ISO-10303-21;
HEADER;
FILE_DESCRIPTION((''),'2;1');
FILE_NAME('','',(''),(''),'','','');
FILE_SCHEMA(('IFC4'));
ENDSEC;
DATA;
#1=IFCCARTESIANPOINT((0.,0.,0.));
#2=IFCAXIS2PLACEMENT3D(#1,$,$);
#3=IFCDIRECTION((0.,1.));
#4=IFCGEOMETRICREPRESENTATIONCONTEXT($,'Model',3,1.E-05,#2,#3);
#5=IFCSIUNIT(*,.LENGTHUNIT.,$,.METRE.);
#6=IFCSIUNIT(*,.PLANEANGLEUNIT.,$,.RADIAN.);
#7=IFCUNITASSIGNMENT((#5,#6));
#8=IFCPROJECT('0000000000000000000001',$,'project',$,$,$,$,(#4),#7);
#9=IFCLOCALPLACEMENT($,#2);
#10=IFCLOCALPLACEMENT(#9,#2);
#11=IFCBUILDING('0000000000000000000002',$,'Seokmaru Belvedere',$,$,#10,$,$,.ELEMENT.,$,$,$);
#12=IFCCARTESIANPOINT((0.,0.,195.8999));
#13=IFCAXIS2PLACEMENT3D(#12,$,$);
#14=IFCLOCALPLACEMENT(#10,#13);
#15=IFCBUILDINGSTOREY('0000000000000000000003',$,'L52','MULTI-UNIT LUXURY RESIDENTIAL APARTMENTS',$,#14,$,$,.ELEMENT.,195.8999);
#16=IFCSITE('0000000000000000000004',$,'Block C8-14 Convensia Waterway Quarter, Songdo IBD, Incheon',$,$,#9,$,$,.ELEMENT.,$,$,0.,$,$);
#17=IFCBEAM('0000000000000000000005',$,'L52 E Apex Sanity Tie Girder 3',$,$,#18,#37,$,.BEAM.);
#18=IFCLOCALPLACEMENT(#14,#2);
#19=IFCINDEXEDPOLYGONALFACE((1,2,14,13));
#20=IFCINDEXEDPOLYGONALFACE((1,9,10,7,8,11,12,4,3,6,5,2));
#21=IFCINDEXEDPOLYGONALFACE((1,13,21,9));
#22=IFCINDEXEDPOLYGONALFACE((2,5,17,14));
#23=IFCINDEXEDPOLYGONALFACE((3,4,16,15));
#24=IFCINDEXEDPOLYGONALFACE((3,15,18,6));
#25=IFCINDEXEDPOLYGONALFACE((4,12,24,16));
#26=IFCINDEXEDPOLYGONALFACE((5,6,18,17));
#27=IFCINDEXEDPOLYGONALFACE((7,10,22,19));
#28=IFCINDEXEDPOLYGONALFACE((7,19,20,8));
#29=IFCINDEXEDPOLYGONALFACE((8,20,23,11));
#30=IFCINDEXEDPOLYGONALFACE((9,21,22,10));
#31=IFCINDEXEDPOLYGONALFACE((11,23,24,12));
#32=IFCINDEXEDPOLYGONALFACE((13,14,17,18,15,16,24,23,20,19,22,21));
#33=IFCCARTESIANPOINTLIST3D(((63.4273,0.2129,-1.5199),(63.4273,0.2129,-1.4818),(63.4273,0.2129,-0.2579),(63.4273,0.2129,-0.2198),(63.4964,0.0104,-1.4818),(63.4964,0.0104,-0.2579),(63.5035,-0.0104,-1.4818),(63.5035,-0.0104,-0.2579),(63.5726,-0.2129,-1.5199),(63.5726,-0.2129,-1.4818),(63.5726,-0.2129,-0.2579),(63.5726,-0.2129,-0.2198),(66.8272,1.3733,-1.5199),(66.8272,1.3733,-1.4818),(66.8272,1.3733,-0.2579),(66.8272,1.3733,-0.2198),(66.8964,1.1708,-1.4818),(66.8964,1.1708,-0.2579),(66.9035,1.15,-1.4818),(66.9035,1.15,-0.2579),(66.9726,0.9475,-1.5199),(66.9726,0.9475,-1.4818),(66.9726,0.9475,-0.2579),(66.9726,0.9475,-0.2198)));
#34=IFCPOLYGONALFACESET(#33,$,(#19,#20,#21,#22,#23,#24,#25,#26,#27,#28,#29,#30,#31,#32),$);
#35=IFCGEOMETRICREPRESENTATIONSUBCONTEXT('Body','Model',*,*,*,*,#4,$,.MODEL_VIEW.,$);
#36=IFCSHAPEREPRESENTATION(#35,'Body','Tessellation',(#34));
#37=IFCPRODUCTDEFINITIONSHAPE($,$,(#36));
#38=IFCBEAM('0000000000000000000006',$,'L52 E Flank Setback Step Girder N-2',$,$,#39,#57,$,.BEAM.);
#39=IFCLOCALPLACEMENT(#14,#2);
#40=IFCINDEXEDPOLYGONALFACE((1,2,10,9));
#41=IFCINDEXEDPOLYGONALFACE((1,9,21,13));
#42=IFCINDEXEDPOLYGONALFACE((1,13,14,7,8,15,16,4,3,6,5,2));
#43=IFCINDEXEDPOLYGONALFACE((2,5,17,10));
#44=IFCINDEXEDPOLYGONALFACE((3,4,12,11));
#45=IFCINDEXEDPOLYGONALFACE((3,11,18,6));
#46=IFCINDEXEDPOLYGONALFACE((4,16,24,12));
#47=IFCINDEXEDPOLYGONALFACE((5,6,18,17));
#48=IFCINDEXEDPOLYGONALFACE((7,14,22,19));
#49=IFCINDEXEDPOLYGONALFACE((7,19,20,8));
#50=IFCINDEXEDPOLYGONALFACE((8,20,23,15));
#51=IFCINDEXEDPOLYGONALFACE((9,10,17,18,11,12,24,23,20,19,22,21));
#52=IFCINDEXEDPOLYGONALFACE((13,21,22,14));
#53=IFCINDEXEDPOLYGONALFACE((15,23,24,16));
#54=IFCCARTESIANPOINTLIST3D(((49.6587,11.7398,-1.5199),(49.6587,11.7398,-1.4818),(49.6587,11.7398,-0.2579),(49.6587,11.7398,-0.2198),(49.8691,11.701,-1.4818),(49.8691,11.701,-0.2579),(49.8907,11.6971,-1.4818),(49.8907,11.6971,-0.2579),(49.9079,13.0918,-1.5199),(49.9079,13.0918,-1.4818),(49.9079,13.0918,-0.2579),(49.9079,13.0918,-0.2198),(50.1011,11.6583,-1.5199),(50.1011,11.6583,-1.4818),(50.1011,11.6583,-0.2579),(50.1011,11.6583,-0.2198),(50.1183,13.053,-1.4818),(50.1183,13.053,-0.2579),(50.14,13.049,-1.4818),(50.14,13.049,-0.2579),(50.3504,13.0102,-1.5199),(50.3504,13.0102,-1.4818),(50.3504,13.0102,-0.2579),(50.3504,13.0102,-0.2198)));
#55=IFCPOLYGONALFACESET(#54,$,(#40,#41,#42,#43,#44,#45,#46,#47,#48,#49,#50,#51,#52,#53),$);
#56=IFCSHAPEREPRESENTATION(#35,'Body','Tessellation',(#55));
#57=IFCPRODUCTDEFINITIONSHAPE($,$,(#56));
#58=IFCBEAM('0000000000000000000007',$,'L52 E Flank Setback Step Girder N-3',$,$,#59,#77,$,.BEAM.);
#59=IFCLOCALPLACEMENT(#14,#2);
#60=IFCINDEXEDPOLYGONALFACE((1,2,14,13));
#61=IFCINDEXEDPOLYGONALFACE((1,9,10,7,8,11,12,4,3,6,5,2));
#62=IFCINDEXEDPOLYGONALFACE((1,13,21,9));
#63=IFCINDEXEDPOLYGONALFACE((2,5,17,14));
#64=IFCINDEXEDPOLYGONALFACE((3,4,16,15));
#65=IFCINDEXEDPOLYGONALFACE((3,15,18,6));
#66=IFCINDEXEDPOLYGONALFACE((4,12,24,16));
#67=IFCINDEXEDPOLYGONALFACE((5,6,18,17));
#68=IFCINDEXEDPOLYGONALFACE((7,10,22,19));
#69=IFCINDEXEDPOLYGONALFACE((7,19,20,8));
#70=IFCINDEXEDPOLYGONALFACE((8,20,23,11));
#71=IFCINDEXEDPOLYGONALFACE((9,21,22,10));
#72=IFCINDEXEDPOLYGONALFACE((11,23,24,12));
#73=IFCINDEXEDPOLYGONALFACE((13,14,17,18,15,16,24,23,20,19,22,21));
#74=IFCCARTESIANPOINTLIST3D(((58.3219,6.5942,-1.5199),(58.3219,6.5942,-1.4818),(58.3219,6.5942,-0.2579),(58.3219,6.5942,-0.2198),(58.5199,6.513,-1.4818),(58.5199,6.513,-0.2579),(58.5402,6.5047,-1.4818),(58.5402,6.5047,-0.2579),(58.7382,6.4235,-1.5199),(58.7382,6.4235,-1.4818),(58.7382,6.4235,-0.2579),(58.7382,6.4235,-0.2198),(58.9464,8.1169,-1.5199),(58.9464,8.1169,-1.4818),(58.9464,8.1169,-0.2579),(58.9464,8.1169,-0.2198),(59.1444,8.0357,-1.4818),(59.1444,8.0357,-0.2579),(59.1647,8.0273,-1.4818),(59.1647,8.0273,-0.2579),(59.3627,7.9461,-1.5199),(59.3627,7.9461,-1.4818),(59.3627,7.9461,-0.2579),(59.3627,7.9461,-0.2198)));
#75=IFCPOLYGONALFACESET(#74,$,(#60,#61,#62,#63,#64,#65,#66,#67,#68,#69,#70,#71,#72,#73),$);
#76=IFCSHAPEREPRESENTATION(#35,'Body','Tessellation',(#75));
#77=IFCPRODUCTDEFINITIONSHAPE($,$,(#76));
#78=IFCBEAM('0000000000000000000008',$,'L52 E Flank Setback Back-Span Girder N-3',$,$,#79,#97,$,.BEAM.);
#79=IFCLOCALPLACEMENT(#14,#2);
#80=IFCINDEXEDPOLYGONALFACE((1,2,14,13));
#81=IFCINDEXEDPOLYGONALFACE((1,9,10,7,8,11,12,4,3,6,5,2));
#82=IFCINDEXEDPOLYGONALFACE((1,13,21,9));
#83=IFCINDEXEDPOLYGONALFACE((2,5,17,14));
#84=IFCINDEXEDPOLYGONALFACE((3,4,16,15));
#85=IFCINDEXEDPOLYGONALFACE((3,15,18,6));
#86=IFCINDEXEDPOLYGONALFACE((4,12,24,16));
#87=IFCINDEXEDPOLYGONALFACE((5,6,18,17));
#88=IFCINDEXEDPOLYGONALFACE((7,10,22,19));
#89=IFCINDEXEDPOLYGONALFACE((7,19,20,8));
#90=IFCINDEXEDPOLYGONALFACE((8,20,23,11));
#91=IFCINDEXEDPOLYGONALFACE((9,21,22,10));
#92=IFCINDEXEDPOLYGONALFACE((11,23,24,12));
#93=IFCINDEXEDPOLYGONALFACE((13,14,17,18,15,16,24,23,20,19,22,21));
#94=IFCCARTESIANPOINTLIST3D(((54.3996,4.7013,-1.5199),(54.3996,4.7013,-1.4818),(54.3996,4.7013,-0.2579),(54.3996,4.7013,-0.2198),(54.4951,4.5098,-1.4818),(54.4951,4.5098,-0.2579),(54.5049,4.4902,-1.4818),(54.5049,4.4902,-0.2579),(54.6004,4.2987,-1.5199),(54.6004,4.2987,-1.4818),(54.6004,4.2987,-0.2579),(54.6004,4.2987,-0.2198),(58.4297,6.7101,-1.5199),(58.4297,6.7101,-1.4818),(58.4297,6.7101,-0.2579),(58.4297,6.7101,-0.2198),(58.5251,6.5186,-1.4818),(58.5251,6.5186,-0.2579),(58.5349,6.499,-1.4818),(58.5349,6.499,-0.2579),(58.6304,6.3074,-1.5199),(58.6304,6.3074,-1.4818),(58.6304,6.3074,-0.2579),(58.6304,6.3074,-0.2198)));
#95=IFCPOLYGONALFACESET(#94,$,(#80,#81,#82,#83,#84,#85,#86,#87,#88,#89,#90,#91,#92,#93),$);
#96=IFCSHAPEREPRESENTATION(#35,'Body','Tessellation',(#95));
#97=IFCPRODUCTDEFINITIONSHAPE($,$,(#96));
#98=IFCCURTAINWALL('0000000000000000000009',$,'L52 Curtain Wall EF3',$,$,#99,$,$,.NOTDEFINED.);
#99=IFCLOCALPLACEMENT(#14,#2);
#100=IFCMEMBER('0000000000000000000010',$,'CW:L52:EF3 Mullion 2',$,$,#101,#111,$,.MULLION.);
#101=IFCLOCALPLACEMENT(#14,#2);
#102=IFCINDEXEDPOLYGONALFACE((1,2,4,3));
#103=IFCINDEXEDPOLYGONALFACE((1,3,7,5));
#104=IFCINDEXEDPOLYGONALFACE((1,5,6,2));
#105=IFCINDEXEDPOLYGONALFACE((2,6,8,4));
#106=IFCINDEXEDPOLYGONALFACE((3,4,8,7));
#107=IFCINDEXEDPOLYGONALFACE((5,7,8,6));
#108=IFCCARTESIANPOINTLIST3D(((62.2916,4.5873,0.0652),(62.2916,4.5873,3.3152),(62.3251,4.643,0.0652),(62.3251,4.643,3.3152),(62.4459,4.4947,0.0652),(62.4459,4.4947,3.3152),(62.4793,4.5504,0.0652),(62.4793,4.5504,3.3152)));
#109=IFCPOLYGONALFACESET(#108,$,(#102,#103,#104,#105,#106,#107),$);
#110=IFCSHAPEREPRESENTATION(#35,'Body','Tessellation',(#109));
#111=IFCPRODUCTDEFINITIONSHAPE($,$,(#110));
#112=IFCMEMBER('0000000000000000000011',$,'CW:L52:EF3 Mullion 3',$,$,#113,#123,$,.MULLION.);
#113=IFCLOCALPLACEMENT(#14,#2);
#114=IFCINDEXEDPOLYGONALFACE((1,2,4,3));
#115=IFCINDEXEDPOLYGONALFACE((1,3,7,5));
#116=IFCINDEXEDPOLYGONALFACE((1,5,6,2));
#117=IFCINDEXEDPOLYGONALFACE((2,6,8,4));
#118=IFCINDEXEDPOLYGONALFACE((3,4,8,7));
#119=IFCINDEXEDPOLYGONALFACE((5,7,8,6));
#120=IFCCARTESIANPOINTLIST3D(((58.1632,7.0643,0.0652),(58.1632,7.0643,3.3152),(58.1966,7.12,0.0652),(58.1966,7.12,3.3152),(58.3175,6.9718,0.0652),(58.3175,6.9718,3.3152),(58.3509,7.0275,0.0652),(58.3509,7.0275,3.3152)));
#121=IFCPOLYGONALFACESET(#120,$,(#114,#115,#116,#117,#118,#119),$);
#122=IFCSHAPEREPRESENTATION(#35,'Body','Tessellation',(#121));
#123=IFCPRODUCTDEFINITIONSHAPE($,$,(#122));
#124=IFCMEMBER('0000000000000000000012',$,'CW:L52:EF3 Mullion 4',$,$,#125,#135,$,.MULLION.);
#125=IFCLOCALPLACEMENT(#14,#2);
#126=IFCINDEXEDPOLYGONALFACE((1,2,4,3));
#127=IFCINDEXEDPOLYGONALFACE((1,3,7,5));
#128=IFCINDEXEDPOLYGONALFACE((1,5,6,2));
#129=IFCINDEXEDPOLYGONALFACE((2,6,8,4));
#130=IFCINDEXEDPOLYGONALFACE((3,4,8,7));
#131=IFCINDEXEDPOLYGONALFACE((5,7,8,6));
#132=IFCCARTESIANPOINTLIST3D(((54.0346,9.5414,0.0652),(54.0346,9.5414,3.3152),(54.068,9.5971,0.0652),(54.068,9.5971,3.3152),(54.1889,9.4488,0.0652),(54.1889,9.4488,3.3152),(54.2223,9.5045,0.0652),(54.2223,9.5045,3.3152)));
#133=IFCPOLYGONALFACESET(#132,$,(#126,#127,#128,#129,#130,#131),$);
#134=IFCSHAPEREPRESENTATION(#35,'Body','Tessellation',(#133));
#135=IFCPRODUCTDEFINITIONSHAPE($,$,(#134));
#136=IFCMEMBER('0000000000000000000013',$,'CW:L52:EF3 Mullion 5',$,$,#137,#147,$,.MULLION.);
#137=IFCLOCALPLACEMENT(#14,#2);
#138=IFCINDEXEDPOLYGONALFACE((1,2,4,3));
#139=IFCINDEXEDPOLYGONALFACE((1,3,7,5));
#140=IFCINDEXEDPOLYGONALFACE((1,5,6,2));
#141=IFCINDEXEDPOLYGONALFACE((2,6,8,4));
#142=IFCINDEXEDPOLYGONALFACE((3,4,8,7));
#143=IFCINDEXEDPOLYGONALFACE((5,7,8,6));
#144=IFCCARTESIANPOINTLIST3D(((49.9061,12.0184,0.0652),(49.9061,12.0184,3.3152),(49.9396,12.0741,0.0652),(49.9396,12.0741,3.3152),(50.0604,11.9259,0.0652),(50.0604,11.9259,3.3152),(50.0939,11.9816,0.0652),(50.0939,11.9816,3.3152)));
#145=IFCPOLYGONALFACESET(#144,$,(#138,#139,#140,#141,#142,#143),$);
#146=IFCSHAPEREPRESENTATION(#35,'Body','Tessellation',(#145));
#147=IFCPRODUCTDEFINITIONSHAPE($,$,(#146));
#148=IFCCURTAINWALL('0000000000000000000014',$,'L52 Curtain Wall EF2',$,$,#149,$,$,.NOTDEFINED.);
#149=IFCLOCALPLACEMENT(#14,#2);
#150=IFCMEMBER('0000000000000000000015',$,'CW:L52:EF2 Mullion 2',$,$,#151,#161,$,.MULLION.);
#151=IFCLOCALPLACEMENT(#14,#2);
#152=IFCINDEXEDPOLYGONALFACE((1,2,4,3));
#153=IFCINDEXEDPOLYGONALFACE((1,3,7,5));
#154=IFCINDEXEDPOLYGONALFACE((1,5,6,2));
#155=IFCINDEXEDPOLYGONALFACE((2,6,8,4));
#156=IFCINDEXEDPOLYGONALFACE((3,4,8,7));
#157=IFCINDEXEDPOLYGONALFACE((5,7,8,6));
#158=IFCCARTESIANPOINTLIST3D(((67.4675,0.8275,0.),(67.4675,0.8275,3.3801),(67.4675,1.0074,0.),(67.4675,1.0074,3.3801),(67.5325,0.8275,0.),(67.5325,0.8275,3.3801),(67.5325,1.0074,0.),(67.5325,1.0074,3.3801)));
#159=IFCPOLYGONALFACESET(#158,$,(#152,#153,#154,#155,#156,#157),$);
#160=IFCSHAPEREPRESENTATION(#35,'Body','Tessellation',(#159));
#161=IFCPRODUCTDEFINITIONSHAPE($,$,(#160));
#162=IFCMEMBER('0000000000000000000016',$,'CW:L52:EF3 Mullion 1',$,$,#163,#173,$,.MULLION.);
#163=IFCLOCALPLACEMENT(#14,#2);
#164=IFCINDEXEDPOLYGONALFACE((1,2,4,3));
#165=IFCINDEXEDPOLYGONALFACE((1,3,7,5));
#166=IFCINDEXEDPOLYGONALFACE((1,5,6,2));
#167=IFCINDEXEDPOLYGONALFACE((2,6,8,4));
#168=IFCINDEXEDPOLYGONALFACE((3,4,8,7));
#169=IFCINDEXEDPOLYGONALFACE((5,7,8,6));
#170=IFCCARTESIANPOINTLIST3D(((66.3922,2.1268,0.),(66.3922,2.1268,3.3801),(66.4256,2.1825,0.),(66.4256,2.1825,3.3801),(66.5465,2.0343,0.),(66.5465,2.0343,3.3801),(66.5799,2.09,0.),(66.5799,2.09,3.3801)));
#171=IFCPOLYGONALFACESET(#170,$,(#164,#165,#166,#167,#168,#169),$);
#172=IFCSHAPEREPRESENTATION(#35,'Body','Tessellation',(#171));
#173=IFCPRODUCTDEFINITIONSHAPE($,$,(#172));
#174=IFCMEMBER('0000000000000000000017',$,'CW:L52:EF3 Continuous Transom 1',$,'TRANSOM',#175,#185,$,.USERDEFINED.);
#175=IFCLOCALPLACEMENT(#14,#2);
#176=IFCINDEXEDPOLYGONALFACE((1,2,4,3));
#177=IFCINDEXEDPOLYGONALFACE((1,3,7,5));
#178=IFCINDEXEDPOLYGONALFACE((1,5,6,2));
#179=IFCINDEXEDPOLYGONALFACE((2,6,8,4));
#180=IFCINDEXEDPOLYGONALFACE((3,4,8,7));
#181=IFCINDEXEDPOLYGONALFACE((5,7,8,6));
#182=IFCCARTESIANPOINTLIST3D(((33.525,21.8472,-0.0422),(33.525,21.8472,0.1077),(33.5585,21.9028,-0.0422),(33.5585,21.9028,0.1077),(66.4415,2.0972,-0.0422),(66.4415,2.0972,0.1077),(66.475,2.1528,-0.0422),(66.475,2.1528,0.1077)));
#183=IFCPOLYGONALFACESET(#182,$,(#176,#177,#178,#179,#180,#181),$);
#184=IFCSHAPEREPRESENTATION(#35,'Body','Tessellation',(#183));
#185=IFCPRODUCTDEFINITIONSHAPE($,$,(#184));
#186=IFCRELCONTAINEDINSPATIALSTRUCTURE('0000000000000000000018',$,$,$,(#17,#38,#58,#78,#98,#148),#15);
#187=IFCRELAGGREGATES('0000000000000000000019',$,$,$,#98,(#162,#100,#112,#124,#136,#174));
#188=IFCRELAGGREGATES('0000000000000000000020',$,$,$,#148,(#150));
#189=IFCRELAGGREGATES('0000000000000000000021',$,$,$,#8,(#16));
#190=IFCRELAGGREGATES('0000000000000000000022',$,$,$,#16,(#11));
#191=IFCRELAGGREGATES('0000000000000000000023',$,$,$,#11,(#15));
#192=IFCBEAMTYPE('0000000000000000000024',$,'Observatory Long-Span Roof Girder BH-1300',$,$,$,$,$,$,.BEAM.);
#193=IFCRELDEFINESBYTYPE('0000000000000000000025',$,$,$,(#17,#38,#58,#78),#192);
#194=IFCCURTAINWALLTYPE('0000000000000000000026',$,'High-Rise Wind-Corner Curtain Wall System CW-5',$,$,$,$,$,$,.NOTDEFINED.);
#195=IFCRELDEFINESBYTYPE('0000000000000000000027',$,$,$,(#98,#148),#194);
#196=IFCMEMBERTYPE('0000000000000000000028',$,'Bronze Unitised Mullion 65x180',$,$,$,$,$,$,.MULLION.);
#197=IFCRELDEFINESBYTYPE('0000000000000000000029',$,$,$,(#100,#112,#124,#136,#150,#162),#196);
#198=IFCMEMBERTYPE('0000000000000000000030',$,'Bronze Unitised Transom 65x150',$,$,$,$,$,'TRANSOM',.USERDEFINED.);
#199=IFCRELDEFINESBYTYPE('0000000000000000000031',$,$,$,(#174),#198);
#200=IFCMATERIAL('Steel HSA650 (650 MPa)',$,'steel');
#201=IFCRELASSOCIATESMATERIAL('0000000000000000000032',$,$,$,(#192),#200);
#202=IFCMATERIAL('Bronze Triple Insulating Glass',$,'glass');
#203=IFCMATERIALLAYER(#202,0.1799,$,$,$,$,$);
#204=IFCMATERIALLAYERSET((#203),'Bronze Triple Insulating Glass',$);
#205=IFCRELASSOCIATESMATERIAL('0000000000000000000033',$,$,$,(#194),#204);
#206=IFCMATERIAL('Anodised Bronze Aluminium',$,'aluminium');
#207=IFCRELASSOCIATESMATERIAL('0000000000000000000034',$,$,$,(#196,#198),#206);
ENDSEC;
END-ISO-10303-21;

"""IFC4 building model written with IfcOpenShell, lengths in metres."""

from ifc_helpers import new_model, si_unit, direction, frame, origin, origin_2d, place, context, subcontext, project, spatial, rectangle, i_section, extrude, source, transform, mapped, material, layer, layer_set, material_profile, profile_set, type_object, type_shapes, element, aggregate, save


model = new_model("IFC4")

# Units and contexts
model_context = context("Model", 3, precision=1e-05, world=origin(), true_north=direction((0.0, 1.0)))
body_context = subcontext(model_context, "Body", "Model", "MODEL_VIEW")
ifc_project = project(units=[si_unit("LENGTHUNIT", "METRE"), si_unit("PLANEANGLEUNIT", "RADIAN")], contexts=[model_context])

# Site, building, storey
site_placement = place(None, origin())
site = spatial("IfcSite", under=ifc_project, at=site_placement, Name="Block C8-14 Convensia Waterway Quarter, Songdo IBD, Incheon", CompositionType="ELEMENT", RefElevation=0.0)
building_placement = place(site_placement, origin())
building = spatial("IfcBuilding", under=site, at=building_placement, Name="Seokmaru Belvedere", CompositionType="ELEMENT")
storey_placement = place(building_placement, frame((0.0, 0.0, 195.8999)))
storey = spatial("IfcBuildingStorey", under=building, at=storey_placement, Name="L52", Description="MULTI-UNIT LUXURY RESIDENTIAL APARTMENTS", CompositionType="ELEMENT", Elevation=195.8999)

# Beams
ifc_material_1 = material(Name="Steel HSA650 (650 MPa)", Category="steel")
ifc_material_profile_1 = material_profile(ifc_material_1, i_section(OverallWidth=0.45, OverallDepth=1.3, WebThickness=0.022, FlangeThickness=0.0381, at=origin_2d()), Name="BH-1300x450x22x38")
ifc_profile_set_1 = profile_set([ifc_material_profile_1], Name="Steel HSA650 (650 MPa)")
beam_type_1 = type_object("IfcBeamType", Name="Observatory Long-Span Roof Girder BH-1300", PredefinedType="BEAM", material=ifc_profile_set_1)
shared_shape_1 = source(origin(), body_context, "Body", "SweptSolid", [
    extrude(i_section(OverallWidth=0.45, OverallDepth=1.3, WebThickness=0.022, FlangeThickness=0.0381, at=origin_2d()), origin(), (0.0, 0.0, 1.0), 3.5925),
])
beam_1_placement = place(storey_placement, frame((66.8999, 1.1604, -0.8699), z_axis=(-0.946396, -0.323009, 0.0), x_axis=(0.323009, -0.946396, 0.0)))
element("IfcBeam", 1, at=beam_1_placement, inside=storey, type_object=beam_type_1, Name="L52 E Apex Sanity Tie Girder 3", PredefinedType="BEAM", context=body_context, shape_type="MappedRepresentation", body=[
    mapped(shared_shape_1, transform((0.0, 0.0, 0.0), scale=1.0)),
])
shared_shape_2 = source(origin(), body_context, "Body", "SweptSolid", [
    extrude(i_section(OverallWidth=0.45, OverallDepth=1.3, WebThickness=0.022, FlangeThickness=0.0381, at=origin_2d()), origin(), (0.0, 0.0, 1.0), 1.3748),
])
beam_2_placement = place(storey_placement, frame((50.1292, 13.051, -0.8699), z_axis=(-0.181307, -0.983427, 0.0), x_axis=(0.983427, -0.181307, 0.0)))
element("IfcBeam", 2, at=beam_2_placement, inside=storey, type_object=beam_type_1, Name="L52 E Flank Setback Step Girder N-2", PredefinedType="BEAM", context=body_context, shape_type="MappedRepresentation", body=[
    mapped(shared_shape_2, transform((0.0, 0.0, 0.0), scale=1.0)),
])
shared_shape_3 = source(origin(), body_context, "Body", "SweptSolid", [
    extrude(i_section(OverallWidth=0.45, OverallDepth=1.3, WebThickness=0.022, FlangeThickness=0.0381, at=origin_2d()), origin(), (0.0, 0.0, 1.0), 1.6458),
])
beam_3_placement = place(storey_placement, frame((59.1545, 8.0315, -0.8699), z_axis=(-0.379459, -0.925209, 0.0), x_axis=(0.925209, -0.379459, 0.0)))
element("IfcBeam", 3, at=beam_3_placement, inside=storey, type_object=beam_type_1, Name="L52 E Flank Setback Step Girder N-3", PredefinedType="BEAM", context=body_context, shape_type="MappedRepresentation", body=[
    mapped(shared_shape_3, transform((0.0, 0.0, 0.0), scale=1.0)),
])
shared_shape_4 = source(origin(), body_context, "Body", "SweptSolid", [
    extrude(i_section(OverallWidth=0.45, OverallDepth=1.3, WebThickness=0.022, FlangeThickness=0.0381, at=origin_2d()), origin(), (0.0, 0.0, 1.0), 4.5029),
])
beam_4_placement = place(storey_placement, frame((58.53, 6.5088, -0.8699), z_axis=(-0.89498, -0.446107, 0.0), x_axis=(0.446107, -0.89498, 0.0)))
element("IfcBeam", 4, at=beam_4_placement, inside=storey, type_object=beam_type_1, Name="L52 E Flank Setback Back-Span Girder N-3", PredefinedType="BEAM", context=body_context, shape_type="MappedRepresentation", body=[
    mapped(shared_shape_4, transform((0.0, 0.0, 0.0), scale=1.0)),
])

# Curtain wall, members
ifc_material_2 = material(Name="Bronze Triple Insulating Glass", Category="glass")
ifc_layer_1 = layer(ifc_material_2, 0.1799)
ifc_layer_set_1 = layer_set([ifc_layer_1], Name="Bronze Triple Insulating Glass")
curtain_wall_type = type_object("IfcCurtainWallType", Name="High-Rise Wind-Corner Curtain Wall System CW-5", PredefinedType="NOTDEFINED", material=ifc_layer_set_1)
curtain_wall_1_placement = place(storey_placement, origin())
curtain_wall_1 = element("IfcCurtainWall", 5, at=curtain_wall_1_placement, inside=storey, type_object=curtain_wall_type, Name="L52 Curtain Wall EF3", PredefinedType="NOTDEFINED")
ifc_material_3 = material(Name="Anodised Bronze Aluminium", Category="aluminium")
ifc_material_profile_2 = material_profile(ifc_material_3, rectangle(XDim=0.0649, YDim=0.1799, at=origin_2d()), Name="CW-M-65x180")
ifc_profile_set_2 = profile_set([ifc_material_profile_2], Name="Anodised Bronze Aluminium")
member_type_1 = type_object("IfcMemberType", Name="Bronze Unitised Mullion 65x180", PredefinedType="MULLION", material=ifc_profile_set_2)
shared_shape_5 = source(origin(), body_context, "Body", "SweptSolid", [
    extrude(rectangle(XDim=0.0649, YDim=0.1799, at=origin_2d()), origin(), (0.0, 0.0, 1.0), 3.25),
])
member_1_placement = place(storey_placement, frame((62.3855, 4.5688, 0.0652), z_axis=(0.0, 0.0, 1.0), x_axis=(-0.514495, -0.857493, 0.0)))
member_1 = element("IfcMember", 6, at=member_1_placement, type_object=member_type_1, Name="CW:L52:EF3 Mullion 2", PredefinedType="MULLION", context=body_context, shape_type="MappedRepresentation", body=[
    mapped(shared_shape_5, transform((0.0, 0.0, 0.0), scale=1.0)),
])
member_2_placement = place(storey_placement, frame((58.2571, 7.0459, 0.0652), z_axis=(0.0, 0.0, 1.0), x_axis=(-0.514495, -0.857493, 0.0)))
member_2 = element("IfcMember", 7, at=member_2_placement, type_object=member_type_1, Name="CW:L52:EF3 Mullion 3", PredefinedType="MULLION", context=body_context, shape_type="MappedRepresentation", body=[
    mapped(shared_shape_5, transform((0.0, 0.0, 0.0), scale=1.0)),
])
member_3_placement = place(storey_placement, frame((54.1284, 9.5229, 0.0652), z_axis=(0.0, 0.0, 1.0), x_axis=(-0.514495, -0.857493, 0.0)))
member_3 = element("IfcMember", 8, at=member_3_placement, type_object=member_type_1, Name="CW:L52:EF3 Mullion 4", PredefinedType="MULLION", context=body_context, shape_type="MappedRepresentation", body=[
    mapped(shared_shape_5, transform((0.0, 0.0, 0.0), scale=1.0)),
])
member_4_placement = place(storey_placement, frame((50.0, 12.0, 0.0652), z_axis=(0.0, 0.0, 1.0), x_axis=(-0.514495, -0.857493, 0.0)))
member_4 = element("IfcMember", 9, at=member_4_placement, type_object=member_type_1, Name="CW:L52:EF3 Mullion 5", PredefinedType="MULLION", context=body_context, shape_type="MappedRepresentation", body=[
    mapped(shared_shape_5, transform((0.0, 0.0, 0.0), scale=1.0)),
])

# Curtain wall, member
curtain_wall_2_placement = place(storey_placement, origin())
curtain_wall_2 = element("IfcCurtainWall", 10, at=curtain_wall_2_placement, inside=storey, type_object=curtain_wall_type, Name="L52 Curtain Wall EF2", PredefinedType="NOTDEFINED")
shared_shape_6 = source(origin(), body_context, "Body", "SweptSolid", [
    extrude(rectangle(XDim=0.0649, YDim=0.1799, at=origin_2d()), origin(), (0.0, 0.0, 1.0), 3.3801),
])
type_shapes(member_type_1, [shared_shape_5, shared_shape_6])
member_5_placement = place(storey_placement, frame((67.5, 0.9175, 0.0), z_axis=(0.0, 0.0, 1.0), x_axis=(-1.0, 0.0, 0.0)))
member_5 = element("IfcMember", 11, at=member_5_placement, type_object=member_type_1, Name="CW:L52:EF2 Mullion 2", PredefinedType="MULLION", context=body_context, shape_type="MappedRepresentation", body=[
    mapped(shared_shape_6, transform((0.0, 0.0, 0.0), scale=1.0)),
])

# Members
member_6_placement = place(storey_placement, frame((66.4861, 2.1084, 0.0), z_axis=(0.0, 0.0, 1.0), x_axis=(-0.514495, -0.857493, 0.0)))
member_6 = element("IfcMember", 12, at=member_6_placement, type_object=member_type_1, Name="CW:L52:EF3 Mullion 1", PredefinedType="MULLION", context=body_context, shape_type="MappedRepresentation", body=[
    mapped(shared_shape_6, transform((0.0, 0.0, 0.0), scale=1.0)),
])
ifc_material_profile_3 = material_profile(ifc_material_3, rectangle(XDim=0.0649, YDim=0.1499, at=origin_2d()), Name="CW-T-65x150")
ifc_profile_set_3 = profile_set([ifc_material_profile_3], Name="Anodised Bronze Aluminium")
member_type_2 = type_object("IfcMemberType", Name="Bronze Unitised Transom 65x150", ElementType="TRANSOM", PredefinedType="USERDEFINED", material=ifc_profile_set_3)
shared_shape_7 = source(origin(), body_context, "Body", "SweptSolid", [
    extrude(rectangle(XDim=0.0649, YDim=0.1499, at=origin_2d()), origin(), (0.0, 0.0, 1.0), 38.387),
])
member_7_placement = place(storey_placement, frame((66.4583, 2.125, 0.0327), z_axis=(-0.857492, 0.514498, 0.0), x_axis=(-0.514498, -0.857492, 0.0)))
member_7 = element("IfcMember", 13, at=member_7_placement, type_object=member_type_2, Name="CW:L52:EF3 Continuous Transom 1", ObjectType="TRANSOM", PredefinedType="USERDEFINED", context=body_context, shape_type="MappedRepresentation", body=[
    mapped(shared_shape_7, transform((0.0, 0.0, 0.0), scale=1.0)),
])

aggregate(curtain_wall_1, [member_6, member_1, member_2, member_3, member_4, member_7])
aggregate(curtain_wall_2, [member_5])

save(model, "model.ifc")
